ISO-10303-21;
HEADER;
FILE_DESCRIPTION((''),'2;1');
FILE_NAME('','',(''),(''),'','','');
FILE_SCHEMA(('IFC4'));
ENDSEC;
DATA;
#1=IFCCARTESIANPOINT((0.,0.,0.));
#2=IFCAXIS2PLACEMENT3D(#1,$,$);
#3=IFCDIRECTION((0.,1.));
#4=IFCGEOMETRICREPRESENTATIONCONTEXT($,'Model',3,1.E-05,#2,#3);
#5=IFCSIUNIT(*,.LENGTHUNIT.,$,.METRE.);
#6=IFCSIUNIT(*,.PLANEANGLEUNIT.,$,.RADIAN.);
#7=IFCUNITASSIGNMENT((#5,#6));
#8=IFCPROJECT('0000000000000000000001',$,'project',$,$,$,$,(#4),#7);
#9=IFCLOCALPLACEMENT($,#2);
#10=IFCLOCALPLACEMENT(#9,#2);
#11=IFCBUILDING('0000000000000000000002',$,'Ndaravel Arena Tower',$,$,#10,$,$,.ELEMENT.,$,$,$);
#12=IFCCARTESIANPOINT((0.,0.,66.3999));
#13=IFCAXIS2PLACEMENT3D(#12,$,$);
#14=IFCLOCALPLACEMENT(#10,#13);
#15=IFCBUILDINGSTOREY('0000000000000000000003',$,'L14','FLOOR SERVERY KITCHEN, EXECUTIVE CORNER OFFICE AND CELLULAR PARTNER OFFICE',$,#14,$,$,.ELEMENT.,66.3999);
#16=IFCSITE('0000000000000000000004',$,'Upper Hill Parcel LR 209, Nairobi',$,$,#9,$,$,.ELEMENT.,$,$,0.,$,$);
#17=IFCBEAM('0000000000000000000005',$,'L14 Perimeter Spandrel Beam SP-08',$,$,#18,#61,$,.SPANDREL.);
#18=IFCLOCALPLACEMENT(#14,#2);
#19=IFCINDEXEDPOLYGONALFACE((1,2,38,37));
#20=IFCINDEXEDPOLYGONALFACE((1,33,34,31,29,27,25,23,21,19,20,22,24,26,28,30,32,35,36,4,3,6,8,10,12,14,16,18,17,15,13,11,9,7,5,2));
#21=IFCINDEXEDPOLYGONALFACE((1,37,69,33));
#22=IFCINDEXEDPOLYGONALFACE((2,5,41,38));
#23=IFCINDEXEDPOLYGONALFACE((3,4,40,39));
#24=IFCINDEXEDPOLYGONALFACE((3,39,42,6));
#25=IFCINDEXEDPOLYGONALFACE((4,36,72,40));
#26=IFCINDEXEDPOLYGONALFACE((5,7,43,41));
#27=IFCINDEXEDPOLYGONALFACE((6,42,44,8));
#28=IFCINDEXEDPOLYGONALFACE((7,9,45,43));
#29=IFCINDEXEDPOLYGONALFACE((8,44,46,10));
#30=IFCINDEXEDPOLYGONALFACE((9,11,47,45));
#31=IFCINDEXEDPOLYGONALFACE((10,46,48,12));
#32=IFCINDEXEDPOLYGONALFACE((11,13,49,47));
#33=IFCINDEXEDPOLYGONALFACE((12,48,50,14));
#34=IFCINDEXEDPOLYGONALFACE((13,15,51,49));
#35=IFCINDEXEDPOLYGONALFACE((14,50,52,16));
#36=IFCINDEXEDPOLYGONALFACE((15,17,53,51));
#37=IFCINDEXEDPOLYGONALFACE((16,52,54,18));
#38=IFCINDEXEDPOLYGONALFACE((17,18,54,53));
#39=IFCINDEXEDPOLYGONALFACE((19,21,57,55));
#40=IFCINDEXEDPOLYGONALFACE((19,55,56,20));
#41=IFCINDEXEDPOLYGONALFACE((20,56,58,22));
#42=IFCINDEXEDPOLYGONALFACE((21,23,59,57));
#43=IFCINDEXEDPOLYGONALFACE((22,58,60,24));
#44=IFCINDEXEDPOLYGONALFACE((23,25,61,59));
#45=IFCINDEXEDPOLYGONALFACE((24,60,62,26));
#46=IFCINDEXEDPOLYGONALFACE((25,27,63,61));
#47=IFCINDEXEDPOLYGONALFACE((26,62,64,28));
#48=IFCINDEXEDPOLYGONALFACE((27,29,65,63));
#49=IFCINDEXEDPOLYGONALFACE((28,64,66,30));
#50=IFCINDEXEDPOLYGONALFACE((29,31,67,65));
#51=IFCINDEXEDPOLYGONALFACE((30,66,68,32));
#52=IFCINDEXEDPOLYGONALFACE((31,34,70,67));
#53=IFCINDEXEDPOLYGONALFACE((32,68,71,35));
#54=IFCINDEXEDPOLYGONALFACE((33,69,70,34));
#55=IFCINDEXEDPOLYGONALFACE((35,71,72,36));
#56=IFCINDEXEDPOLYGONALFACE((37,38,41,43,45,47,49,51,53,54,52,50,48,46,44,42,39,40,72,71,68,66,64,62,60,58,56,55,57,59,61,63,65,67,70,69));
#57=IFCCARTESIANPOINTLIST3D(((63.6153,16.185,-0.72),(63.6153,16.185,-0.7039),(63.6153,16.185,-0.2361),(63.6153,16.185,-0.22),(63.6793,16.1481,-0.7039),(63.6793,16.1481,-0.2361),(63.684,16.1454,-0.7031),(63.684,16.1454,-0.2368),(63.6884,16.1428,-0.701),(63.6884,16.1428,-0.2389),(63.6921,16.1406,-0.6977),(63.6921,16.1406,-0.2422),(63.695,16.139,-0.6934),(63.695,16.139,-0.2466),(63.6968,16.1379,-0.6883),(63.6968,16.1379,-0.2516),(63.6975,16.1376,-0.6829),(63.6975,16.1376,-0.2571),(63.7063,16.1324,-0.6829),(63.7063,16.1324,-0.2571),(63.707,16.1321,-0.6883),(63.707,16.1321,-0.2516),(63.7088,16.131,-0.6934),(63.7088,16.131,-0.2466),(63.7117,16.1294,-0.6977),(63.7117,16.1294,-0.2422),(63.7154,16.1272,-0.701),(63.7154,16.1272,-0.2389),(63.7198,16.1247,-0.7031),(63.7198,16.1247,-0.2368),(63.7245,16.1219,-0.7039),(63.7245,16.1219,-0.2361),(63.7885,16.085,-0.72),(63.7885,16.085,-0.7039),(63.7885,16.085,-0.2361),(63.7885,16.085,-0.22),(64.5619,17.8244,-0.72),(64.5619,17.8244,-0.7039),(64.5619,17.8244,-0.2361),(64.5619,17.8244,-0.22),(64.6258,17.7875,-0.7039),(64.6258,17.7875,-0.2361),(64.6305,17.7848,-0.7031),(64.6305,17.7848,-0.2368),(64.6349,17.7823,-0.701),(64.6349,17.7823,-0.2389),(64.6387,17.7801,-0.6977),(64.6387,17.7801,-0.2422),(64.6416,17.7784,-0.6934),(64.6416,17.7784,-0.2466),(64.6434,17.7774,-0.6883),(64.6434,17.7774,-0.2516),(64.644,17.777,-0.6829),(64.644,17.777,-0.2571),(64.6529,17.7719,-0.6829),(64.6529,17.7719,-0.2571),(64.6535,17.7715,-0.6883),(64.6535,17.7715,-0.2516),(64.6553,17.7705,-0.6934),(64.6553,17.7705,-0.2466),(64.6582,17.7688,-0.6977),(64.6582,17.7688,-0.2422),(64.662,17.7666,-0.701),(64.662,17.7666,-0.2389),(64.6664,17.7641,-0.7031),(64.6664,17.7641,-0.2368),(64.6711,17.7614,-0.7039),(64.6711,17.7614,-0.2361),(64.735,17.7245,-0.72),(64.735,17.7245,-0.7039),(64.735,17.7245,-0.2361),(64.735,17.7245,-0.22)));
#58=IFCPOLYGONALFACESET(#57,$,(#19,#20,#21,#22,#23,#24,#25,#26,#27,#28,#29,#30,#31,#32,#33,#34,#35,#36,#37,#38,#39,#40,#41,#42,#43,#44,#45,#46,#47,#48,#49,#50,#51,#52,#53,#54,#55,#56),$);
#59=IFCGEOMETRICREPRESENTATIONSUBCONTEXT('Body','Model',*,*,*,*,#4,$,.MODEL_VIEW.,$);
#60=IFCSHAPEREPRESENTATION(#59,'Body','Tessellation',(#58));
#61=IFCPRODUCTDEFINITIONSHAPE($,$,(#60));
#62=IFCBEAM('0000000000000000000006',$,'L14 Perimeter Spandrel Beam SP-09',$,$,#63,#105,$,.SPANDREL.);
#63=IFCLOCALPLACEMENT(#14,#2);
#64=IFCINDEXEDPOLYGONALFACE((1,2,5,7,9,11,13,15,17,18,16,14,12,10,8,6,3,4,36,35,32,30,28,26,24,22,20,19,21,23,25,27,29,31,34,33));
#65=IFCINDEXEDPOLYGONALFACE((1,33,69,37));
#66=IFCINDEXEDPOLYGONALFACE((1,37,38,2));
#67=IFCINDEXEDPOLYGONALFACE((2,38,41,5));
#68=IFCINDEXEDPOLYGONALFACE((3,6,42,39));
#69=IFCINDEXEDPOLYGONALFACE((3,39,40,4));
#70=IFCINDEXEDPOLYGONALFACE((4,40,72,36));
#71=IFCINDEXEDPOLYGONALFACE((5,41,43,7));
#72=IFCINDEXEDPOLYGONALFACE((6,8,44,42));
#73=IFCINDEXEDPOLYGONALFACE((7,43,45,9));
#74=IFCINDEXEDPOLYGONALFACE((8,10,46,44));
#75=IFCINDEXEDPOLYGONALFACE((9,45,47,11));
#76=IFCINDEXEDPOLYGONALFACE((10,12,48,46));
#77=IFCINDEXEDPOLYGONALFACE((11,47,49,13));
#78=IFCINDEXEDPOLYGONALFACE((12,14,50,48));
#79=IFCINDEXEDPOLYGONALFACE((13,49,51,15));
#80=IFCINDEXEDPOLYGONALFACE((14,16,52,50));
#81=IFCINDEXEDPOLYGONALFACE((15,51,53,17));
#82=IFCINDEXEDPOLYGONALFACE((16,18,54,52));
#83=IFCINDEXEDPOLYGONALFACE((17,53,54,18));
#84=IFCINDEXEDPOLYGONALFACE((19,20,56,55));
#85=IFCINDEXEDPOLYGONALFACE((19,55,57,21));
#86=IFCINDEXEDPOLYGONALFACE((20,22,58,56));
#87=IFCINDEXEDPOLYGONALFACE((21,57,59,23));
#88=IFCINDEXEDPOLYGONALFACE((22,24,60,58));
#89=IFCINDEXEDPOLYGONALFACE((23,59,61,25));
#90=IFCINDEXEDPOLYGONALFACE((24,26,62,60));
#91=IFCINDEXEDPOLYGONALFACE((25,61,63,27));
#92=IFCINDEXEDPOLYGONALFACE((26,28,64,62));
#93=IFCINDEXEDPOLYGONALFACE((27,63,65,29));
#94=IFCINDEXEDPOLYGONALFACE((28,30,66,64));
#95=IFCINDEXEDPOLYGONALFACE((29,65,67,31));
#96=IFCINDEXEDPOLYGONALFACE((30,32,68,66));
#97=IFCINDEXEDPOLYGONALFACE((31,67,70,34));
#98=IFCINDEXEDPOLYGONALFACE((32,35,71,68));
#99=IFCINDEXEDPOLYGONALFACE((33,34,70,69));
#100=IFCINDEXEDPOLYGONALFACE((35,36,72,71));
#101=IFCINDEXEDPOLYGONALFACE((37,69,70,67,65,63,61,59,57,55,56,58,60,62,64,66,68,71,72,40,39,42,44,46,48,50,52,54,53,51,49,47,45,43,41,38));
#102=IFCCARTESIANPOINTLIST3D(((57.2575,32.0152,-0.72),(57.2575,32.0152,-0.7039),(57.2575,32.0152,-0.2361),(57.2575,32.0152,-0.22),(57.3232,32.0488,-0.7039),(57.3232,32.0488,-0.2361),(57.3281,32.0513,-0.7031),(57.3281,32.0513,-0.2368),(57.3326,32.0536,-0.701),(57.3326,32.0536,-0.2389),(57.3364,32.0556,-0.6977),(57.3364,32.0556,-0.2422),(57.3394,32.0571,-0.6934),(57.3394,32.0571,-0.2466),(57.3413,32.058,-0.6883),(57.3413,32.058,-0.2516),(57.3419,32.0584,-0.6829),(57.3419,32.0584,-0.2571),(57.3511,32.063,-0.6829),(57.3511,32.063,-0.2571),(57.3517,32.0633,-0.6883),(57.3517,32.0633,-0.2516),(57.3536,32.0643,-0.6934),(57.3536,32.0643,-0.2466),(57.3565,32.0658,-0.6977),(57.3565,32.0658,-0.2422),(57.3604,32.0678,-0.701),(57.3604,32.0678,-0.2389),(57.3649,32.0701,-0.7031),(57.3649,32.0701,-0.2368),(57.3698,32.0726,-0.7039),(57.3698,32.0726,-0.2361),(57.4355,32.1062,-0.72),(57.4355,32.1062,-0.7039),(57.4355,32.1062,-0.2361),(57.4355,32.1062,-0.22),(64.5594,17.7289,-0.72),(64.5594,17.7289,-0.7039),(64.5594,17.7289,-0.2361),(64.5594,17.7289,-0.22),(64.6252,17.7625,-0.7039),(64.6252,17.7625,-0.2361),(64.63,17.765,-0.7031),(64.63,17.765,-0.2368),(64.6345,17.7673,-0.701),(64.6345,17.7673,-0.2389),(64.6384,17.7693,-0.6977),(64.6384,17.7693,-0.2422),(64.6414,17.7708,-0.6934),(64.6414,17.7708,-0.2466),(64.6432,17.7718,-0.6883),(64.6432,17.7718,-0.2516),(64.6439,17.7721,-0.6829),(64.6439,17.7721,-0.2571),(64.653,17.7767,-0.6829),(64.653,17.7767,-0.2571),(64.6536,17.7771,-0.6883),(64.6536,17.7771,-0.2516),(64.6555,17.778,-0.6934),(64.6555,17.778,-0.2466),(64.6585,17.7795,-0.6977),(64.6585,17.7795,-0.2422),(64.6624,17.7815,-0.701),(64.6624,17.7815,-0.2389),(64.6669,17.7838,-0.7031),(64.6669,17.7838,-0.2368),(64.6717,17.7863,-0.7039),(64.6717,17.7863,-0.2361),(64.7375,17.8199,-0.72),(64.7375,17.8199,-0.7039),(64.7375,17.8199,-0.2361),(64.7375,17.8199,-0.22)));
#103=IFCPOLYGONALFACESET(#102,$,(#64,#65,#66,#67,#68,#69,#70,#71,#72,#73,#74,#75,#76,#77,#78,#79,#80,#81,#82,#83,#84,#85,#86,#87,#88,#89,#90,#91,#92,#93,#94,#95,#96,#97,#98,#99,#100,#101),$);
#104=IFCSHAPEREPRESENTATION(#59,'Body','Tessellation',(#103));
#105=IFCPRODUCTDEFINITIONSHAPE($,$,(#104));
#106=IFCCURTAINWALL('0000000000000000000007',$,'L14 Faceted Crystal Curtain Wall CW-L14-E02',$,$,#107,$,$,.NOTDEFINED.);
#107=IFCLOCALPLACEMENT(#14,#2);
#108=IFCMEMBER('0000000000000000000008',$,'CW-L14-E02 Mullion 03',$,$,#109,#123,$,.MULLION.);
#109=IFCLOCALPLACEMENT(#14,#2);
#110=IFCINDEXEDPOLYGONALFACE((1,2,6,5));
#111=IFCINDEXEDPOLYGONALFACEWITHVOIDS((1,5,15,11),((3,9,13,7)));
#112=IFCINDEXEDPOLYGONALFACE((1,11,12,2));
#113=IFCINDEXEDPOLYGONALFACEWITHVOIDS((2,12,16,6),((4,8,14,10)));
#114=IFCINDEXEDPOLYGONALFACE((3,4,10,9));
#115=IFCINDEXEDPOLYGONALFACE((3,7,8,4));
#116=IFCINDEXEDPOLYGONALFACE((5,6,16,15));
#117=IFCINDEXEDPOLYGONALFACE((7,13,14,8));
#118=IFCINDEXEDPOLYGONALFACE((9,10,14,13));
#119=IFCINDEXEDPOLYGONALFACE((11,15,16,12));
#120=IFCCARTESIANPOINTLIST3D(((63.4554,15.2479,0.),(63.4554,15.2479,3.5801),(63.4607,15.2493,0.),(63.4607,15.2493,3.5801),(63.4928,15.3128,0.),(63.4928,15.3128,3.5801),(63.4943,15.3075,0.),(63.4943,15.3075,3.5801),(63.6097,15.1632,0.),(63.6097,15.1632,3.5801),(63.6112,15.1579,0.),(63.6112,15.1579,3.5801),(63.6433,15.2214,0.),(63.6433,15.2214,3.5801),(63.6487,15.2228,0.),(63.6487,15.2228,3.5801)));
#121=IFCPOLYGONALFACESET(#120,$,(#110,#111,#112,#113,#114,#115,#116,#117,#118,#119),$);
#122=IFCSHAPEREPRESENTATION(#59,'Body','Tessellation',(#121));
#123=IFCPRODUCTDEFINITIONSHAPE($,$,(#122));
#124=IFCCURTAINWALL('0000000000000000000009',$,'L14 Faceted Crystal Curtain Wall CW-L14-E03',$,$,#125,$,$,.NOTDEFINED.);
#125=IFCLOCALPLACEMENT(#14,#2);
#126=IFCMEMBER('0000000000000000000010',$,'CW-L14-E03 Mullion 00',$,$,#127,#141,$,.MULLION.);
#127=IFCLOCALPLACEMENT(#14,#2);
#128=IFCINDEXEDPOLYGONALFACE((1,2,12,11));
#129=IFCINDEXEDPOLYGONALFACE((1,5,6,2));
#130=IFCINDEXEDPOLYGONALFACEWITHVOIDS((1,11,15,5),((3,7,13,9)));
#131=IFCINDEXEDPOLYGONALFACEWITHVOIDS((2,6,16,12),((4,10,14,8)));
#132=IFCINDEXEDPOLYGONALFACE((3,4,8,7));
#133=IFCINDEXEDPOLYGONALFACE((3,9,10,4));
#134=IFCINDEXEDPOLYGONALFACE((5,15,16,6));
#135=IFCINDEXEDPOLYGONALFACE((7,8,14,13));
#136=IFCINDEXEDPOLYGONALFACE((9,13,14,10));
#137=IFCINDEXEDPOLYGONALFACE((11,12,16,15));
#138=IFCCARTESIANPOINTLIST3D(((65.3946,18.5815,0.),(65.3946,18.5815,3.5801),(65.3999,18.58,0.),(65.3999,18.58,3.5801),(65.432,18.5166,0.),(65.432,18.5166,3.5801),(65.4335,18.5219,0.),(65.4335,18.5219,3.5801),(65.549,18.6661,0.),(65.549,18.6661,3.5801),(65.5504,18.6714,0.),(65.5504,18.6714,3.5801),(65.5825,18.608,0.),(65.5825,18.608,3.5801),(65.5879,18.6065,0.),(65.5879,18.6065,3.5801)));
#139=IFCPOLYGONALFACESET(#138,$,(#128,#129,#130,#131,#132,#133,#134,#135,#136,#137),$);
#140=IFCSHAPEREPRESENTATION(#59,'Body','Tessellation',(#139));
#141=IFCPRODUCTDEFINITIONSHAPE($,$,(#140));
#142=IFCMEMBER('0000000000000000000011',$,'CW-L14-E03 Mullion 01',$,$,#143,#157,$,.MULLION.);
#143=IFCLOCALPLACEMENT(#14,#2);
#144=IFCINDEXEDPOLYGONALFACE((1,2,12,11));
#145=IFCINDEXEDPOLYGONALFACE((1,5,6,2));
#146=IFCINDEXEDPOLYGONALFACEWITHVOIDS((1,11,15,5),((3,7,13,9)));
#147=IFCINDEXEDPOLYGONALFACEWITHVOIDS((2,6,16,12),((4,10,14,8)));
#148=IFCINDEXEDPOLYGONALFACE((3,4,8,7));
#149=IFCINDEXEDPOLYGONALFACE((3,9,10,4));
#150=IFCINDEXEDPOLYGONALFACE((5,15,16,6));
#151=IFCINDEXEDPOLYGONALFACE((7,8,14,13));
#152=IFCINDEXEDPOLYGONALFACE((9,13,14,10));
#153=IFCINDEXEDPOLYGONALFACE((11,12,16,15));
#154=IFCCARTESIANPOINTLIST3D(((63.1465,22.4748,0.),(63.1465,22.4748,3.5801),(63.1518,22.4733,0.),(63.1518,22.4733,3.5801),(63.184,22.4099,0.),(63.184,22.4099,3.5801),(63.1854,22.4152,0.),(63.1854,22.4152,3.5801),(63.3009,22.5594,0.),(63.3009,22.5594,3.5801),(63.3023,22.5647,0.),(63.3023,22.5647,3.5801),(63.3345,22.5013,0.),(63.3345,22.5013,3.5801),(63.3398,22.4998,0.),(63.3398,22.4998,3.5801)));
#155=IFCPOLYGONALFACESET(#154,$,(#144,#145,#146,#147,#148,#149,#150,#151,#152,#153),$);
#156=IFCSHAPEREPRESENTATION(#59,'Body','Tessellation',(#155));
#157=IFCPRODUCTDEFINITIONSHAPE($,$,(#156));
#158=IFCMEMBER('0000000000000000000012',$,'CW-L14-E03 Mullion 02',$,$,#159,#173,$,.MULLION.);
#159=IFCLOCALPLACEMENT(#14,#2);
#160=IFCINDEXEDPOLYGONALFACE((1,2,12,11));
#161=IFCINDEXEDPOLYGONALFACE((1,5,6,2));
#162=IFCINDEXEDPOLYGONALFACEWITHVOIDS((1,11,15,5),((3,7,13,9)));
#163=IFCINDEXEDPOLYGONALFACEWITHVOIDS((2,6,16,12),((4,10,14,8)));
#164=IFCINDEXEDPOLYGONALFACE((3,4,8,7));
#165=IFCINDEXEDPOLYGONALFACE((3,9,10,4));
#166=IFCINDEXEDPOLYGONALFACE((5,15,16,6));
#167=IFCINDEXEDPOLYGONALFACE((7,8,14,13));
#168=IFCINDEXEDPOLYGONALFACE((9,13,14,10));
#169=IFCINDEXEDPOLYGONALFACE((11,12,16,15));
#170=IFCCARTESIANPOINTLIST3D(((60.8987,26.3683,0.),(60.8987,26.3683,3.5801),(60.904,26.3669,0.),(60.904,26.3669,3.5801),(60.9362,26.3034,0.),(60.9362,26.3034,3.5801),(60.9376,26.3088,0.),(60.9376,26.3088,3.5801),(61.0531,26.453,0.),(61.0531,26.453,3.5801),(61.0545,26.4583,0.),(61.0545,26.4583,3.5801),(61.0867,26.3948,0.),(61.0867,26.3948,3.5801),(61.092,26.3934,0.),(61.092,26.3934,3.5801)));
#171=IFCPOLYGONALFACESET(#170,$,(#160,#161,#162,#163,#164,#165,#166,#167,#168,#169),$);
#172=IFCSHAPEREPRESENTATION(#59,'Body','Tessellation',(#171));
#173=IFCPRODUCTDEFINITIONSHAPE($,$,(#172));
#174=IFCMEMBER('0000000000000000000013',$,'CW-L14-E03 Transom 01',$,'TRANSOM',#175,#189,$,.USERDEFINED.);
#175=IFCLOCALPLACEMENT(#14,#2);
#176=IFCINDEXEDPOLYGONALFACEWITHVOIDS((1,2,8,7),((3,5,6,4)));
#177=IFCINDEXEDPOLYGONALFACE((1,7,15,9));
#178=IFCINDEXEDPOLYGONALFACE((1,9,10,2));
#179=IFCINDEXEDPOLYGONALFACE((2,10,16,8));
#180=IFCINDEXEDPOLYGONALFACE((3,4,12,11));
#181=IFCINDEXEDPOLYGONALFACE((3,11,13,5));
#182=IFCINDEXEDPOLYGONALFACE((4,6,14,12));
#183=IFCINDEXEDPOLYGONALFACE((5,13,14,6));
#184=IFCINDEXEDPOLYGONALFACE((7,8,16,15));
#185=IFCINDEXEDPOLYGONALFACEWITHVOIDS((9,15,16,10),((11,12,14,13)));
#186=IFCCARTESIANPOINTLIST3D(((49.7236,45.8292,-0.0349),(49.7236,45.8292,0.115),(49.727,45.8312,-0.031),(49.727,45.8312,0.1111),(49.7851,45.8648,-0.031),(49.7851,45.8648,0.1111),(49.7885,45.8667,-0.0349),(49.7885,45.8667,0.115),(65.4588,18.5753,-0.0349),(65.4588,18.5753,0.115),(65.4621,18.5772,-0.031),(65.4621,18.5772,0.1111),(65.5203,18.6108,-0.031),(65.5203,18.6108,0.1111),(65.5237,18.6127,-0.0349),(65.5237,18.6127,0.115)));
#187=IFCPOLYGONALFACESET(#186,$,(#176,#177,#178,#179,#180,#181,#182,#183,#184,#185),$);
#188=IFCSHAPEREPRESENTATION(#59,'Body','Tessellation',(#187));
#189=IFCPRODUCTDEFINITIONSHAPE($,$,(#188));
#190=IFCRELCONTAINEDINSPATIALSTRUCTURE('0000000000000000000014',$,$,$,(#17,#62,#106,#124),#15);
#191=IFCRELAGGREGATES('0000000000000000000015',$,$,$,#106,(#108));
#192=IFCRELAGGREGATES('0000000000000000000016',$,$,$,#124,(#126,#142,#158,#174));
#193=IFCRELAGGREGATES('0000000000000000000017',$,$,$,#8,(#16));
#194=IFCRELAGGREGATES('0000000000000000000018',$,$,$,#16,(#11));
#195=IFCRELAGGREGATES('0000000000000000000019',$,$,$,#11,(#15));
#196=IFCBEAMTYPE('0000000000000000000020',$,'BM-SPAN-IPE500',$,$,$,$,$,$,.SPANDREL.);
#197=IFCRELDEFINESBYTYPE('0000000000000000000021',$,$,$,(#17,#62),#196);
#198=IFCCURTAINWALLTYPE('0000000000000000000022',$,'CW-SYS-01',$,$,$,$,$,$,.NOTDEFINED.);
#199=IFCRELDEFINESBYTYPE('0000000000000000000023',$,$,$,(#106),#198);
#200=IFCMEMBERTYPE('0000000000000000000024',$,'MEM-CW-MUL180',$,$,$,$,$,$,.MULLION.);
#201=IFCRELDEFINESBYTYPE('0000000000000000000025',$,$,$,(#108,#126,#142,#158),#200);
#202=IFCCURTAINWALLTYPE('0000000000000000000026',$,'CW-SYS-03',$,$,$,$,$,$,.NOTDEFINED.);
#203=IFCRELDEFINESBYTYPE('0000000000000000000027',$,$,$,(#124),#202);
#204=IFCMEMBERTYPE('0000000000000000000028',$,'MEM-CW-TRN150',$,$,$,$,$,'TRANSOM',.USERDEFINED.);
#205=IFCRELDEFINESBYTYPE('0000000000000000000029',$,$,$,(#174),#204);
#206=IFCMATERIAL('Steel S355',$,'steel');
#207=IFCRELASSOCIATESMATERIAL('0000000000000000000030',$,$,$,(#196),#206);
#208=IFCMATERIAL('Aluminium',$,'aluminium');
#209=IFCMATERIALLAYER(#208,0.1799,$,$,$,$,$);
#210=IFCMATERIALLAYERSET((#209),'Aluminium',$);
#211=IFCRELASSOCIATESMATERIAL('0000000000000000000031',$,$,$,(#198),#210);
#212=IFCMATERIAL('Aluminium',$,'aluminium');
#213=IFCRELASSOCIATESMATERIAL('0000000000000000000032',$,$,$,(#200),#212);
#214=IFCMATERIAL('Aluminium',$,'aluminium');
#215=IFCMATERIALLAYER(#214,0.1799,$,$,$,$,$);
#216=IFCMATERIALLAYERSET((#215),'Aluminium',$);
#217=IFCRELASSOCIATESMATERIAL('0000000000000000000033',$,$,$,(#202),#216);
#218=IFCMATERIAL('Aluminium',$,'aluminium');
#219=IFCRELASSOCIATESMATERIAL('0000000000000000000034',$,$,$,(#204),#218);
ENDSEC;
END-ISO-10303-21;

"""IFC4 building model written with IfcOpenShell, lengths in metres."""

from ifc_helpers import new_model, si_unit, direction, frame, origin, origin_2d, place, context, subcontext, project, spatial, hollow_rectangle, i_section, extrude, material, layer, layer_set, material_profile, profile_set, type_object, element, aggregate, save


model = new_model("IFC4")

# Units and contexts
model_context = context("Model", 3, precision=1e-05, world=origin(), true_north=direction((0.0, 1.0)))
body_context = subcontext(model_context, "Body", "Model", "MODEL_VIEW")
ifc_project = project(units=[si_unit("LENGTHUNIT", "METRE"), si_unit("PLANEANGLEUNIT", "RADIAN")], contexts=[model_context])

# Site, building, storey
site_placement = place(None, origin())
site = spatial("IfcSite", under=ifc_project, at=site_placement, Name="Upper Hill Parcel LR 209, Nairobi", CompositionType="ELEMENT", RefElevation=0.0)
building_placement = place(site_placement, origin())
building = spatial("IfcBuilding", under=site, at=building_placement, Name="Ndaravel Arena Tower", CompositionType="ELEMENT")
storey_placement = place(building_placement, frame((0.0, 0.0, 66.3999)))
storey = spatial("IfcBuildingStorey", under=building, at=storey_placement, Name="L14", Description="FLOOR SERVERY KITCHEN, EXECUTIVE CORNER OFFICE AND CELLULAR PARTNER OFFICE", CompositionType="ELEMENT", Elevation=66.3999)

# Beams
ifc_material_1 = material(Name="Steel S355", Category="steel")
ifc_material_profile_1 = material_profile(ifc_material_1, i_section(OverallWidth=0.2, OverallDepth=0.5, WebThickness=0.0103, FlangeThickness=0.0161, FilletRadius=0.021, at=origin_2d()), Name="IPE 500")
ifc_profile_set_1 = profile_set([ifc_material_profile_1], Name="Steel S355")
beam_type_1 = type_object("IfcBeamType", Name="BM-SPAN-IPE500", PredefinedType="SPANDREL", material=ifc_profile_set_1)
beam_1_placement = place(storey_placement, frame((63.7019, 16.135, -0.47), z_axis=(0.500009, 0.86602, 0.0), x_axis=(-0.86602, 0.500009, 0.0)))
element("IfcBeam", 1, at=beam_1_placement, inside=storey, type_object=beam_type_1, Name="L14 Perimeter Spandrel Beam SP-08", PredefinedType="SPANDREL", context=body_context, shape_type="SweptSolid", body=[
    extrude(i_section(OverallWidth=0.2, OverallDepth=0.5, WebThickness=0.0103, FlangeThickness=0.0161, FilletRadius=0.021, at=origin_2d()), origin(), (0.0, 0.0, 1.0), 1.8931),
])
beam_2_placement = place(storey_placement, frame((64.6484, 17.7744, -0.47), z_axis=(-0.455115, 0.890433, 0.0), x_axis=(-0.890433, -0.455115, 0.0)))
element("IfcBeam", 2, at=beam_2_placement, inside=storey, type_object=beam_type_1, Name="L14 Perimeter Spandrel Beam SP-09", PredefinedType="SPANDREL", context=body_context, shape_type="SweptSolid", body=[
    extrude(i_section(OverallWidth=0.2, OverallDepth=0.5, WebThickness=0.0103, FlangeThickness=0.0161, FilletRadius=0.021, at=origin_2d()), origin(), (0.0, 0.0, 1.0), 16.0442),
])

# Curtain wall, member
ifc_material_2 = material(Name="Aluminium", Category="aluminium")
ifc_layer_1 = layer(ifc_material_2, 0.1799)
ifc_layer_set_1 = layer_set([ifc_layer_1], Name="Aluminium")
curtain_wall_type_1 = type_object("IfcCurtainWallType", Name="CW-SYS-01", PredefinedType="NOTDEFINED", material=ifc_layer_set_1)
curtain_wall_1_placement = place(storey_placement, origin())
curtain_wall_1 = element("IfcCurtainWall", 3, at=curtain_wall_1_placement, inside=storey, type_object=curtain_wall_type_1, Name="L14 Faceted Crystal Curtain Wall CW-L14-E02", PredefinedType="NOTDEFINED")
ifc_material_3 = material(Name="Aluminium", Category="aluminium")
ifc_material_profile_2 = material_profile(ifc_material_3, hollow_rectangle(XDim=0.075, YDim=0.1799, WallThickness=0.0039, at=origin_2d()), Name="CW MULLION 75x180x4")
ifc_profile_set_2 = profile_set([ifc_material_profile_2], Name="Aluminium")
member_type_1 = type_object("IfcMemberType", Name="MEM-CW-MUL180", PredefinedType="MULLION", material=ifc_profile_set_2)
member_1_placement = place(storey_placement, frame((63.552, 15.2354, 0.0), z_axis=(0.0, 0.0, 1.0), x_axis=(0.5, 0.866025, 0.0)))
member_1 = element("IfcMember", 4, at=member_1_placement, type_object=member_type_1, Name="CW-L14-E02 Mullion 03", PredefinedType="MULLION", context=body_context, shape_type="SweptSolid", body=[
    extrude(hollow_rectangle(XDim=0.075, YDim=0.1799, WallThickness=0.0039, at=origin_2d()), origin(), (0.0, 0.0, 1.0), 3.5801),
])

# Curtain wall, members
ifc_material_4 = material(Name="Aluminium", Category="aluminium")
ifc_layer_2 = layer(ifc_material_4, 0.1799)
ifc_layer_set_2 = layer_set([ifc_layer_2], Name="Aluminium")
curtain_wall_type_2 = type_object("IfcCurtainWallType", Name="CW-SYS-03", PredefinedType="NOTDEFINED", material=ifc_layer_set_2)
curtain_wall_2_placement = place(storey_placement, origin())
curtain_wall_2 = element("IfcCurtainWall", 5, at=curtain_wall_2_placement, inside=storey, type_object=curtain_wall_type_2, Name="L14 Faceted Crystal Curtain Wall CW-L14-E03", PredefinedType="NOTDEFINED")
member_2_placement = place(storey_placement, frame((65.4912, 18.594, 0.0), z_axis=(0.0, 0.0, 1.0), x_axis=(-0.5, 0.866025, 0.0)))
member_2 = element("IfcMember", 6, at=member_2_placement, type_object=member_type_1, Name="CW-L14-E03 Mullion 00", PredefinedType="MULLION", context=body_context, shape_type="SweptSolid", body=[
    extrude(hollow_rectangle(XDim=0.075, YDim=0.1799, WallThickness=0.0039, at=origin_2d()), origin(), (0.0, 0.0, 1.0), 3.5801),
])
member_3_placement = place(storey_placement, frame((63.2432, 22.4873, 0.0), z_axis=(0.0, 0.0, 1.0), x_axis=(-0.5, 0.866025, 0.0)))
member_3 = element("IfcMember", 7, at=member_3_placement, type_object=member_type_1, Name="CW-L14-E03 Mullion 01", PredefinedType="MULLION", context=body_context, shape_type="SweptSolid", body=[
    extrude(hollow_rectangle(XDim=0.075, YDim=0.1799, WallThickness=0.0039, at=origin_2d()), origin(), (0.0, 0.0, 1.0), 3.5801),
])
member_4_placement = place(storey_placement, frame((60.9954, 26.3809, 0.0), z_axis=(0.0, 0.0, 1.0), x_axis=(-0.5, 0.866025, 0.0)))
member_4 = element("IfcMember", 8, at=member_4_placement, type_object=member_type_1, Name="CW-L14-E03 Mullion 02", PredefinedType="MULLION", context=body_context, shape_type="SweptSolid", body=[
    extrude(hollow_rectangle(XDim=0.075, YDim=0.1799, WallThickness=0.0039, at=origin_2d()), origin(), (0.0, 0.0, 1.0), 3.5801),
])
ifc_material_5 = material(Name="Aluminium", Category="aluminium")
ifc_material_profile_3 = material_profile(ifc_material_5, hollow_rectangle(XDim=0.075, YDim=0.1499, WallThickness=0.0039, at=origin_2d()), Name="CW TRANSOM 75x150x4")
ifc_profile_set_3 = profile_set([ifc_material_profile_3], Name="Aluminium")
member_type_2 = type_object("IfcMemberType", Name="MEM-CW-TRN150", ElementType="TRANSOM", PredefinedType="USERDEFINED", material=ifc_profile_set_3)
member_5_placement = place(storey_placement, frame((65.4912, 18.594, 0.04), z_axis=(-0.500001, 0.866025, 0.0), x_axis=(-0.866025, -0.500001, 0.0)))
member_5 = element("IfcMember", 9, at=member_5_placement, type_object=member_type_2, Name="CW-L14-E03 Transom 01", ObjectType="TRANSOM", PredefinedType="USERDEFINED", context=body_context, shape_type="SweptSolid", body=[
    extrude(hollow_rectangle(XDim=0.075, YDim=0.1499, WallThickness=0.0039, at=origin_2d()), origin(), (0.0, 0.0, 1.0), 31.4702),
])

aggregate(curtain_wall_1, [member_1])
aggregate(curtain_wall_2, [member_2, member_3, member_4, member_5])

save(model, "model.ifc")
